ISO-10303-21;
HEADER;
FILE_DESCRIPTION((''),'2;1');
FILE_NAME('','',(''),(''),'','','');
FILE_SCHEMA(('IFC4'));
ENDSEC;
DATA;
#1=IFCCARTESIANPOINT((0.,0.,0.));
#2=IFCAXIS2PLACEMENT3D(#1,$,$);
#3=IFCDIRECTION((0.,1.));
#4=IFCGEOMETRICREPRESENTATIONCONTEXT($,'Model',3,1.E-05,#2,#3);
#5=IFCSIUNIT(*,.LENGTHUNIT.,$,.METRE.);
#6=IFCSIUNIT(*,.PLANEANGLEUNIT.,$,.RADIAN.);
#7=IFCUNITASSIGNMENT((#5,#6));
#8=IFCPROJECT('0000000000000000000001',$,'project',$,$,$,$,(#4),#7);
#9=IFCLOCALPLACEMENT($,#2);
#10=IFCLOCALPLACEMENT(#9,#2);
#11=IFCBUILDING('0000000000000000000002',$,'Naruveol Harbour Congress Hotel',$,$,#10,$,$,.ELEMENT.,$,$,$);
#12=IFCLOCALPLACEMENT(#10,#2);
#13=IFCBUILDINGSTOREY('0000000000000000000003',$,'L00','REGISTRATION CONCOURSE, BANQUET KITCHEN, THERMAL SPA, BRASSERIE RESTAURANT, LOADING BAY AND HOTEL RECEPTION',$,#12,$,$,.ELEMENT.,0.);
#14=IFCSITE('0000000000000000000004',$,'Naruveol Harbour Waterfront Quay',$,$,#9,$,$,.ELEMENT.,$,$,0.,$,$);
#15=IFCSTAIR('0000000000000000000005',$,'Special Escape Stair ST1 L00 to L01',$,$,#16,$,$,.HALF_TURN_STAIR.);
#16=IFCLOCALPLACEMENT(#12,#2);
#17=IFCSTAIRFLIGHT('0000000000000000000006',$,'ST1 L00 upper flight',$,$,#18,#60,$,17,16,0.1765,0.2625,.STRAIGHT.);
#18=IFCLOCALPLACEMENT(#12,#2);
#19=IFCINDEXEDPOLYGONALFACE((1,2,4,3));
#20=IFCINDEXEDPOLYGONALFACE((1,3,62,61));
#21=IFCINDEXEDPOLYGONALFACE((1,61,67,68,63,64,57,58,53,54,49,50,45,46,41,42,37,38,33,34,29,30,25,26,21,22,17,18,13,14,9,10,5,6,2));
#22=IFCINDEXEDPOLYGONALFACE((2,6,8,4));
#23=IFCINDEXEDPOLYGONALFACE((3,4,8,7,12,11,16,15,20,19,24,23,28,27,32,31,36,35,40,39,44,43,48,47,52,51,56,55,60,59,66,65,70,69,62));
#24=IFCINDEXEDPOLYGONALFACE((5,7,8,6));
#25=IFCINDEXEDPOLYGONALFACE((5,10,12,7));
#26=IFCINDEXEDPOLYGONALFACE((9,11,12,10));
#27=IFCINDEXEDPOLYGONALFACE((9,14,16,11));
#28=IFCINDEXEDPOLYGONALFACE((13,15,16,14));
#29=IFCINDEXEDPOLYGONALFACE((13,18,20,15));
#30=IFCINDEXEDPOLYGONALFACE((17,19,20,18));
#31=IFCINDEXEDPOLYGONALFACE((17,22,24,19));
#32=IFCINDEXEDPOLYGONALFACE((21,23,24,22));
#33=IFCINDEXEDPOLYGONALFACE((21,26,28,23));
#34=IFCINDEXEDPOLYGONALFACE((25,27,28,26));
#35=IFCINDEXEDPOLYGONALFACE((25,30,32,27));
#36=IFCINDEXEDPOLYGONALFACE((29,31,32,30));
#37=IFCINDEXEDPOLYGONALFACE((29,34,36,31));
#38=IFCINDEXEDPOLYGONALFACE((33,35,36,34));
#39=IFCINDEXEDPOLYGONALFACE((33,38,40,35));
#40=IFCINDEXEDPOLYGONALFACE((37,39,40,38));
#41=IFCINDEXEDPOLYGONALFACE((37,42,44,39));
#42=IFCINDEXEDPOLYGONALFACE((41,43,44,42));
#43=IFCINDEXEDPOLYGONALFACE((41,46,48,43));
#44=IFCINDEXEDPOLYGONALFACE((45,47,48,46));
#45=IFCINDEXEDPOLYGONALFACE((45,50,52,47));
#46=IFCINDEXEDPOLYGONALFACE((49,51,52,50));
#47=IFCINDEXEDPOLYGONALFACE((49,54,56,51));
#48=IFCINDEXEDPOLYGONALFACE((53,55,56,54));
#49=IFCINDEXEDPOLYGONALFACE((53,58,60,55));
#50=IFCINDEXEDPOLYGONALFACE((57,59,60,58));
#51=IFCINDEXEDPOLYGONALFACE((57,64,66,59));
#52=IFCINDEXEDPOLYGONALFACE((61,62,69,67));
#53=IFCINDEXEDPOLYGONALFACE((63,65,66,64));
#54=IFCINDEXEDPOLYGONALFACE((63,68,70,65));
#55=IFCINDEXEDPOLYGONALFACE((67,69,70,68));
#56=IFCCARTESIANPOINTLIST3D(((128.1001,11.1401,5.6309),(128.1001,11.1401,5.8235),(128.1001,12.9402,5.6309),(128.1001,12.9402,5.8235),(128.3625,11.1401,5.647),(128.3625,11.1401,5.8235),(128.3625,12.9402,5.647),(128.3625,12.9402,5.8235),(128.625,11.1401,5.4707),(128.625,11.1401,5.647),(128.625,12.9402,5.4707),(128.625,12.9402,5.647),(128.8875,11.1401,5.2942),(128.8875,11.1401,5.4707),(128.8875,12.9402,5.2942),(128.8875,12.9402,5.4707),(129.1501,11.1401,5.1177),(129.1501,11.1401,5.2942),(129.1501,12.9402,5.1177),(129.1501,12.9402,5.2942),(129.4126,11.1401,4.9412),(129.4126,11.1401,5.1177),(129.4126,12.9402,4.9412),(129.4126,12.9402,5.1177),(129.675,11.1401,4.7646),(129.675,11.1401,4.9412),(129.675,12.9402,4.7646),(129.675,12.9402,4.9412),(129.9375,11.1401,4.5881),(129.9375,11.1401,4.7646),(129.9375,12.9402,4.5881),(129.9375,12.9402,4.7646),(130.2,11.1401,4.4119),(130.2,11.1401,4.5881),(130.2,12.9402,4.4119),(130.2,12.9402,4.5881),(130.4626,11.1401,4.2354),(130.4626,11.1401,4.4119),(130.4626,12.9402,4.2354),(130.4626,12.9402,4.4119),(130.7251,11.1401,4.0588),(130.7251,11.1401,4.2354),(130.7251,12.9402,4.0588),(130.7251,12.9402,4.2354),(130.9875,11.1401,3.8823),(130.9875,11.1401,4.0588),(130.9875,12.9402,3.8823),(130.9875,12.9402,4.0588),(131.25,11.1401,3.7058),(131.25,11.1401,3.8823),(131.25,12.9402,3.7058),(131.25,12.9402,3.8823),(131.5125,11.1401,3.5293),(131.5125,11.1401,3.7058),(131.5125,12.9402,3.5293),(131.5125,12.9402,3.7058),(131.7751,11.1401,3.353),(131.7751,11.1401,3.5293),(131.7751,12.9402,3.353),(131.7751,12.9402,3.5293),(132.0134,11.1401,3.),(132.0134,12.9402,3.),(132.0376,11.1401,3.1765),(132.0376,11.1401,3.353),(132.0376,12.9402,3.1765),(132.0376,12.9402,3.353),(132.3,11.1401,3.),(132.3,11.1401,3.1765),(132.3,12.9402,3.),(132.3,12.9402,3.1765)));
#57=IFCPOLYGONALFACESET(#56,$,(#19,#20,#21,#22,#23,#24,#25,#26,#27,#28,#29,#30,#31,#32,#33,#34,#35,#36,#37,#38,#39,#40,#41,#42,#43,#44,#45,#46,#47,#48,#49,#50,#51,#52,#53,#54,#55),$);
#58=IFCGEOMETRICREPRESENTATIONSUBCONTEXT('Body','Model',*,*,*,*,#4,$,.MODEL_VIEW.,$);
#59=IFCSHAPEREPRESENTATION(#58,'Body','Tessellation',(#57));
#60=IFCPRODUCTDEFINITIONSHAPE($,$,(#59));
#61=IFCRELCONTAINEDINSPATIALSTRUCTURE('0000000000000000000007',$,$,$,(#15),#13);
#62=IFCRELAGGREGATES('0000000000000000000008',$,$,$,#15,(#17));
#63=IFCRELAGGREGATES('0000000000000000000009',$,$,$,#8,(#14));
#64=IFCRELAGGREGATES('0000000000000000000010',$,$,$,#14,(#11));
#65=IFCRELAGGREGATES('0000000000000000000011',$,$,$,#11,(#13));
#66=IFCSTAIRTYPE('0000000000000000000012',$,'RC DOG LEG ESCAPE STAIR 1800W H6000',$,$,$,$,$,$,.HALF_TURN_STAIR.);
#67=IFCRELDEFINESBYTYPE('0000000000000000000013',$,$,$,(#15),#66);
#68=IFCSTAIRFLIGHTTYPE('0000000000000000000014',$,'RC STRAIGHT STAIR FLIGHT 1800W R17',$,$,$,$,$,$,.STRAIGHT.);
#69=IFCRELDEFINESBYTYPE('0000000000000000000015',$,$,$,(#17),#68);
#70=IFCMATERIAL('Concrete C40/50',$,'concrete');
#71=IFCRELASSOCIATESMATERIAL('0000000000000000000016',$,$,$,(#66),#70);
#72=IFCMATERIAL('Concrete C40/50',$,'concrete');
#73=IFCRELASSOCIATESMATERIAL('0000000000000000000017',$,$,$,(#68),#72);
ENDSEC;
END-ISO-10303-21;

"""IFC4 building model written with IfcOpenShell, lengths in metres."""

from ifc_helpers import new_model, si_unit, direction, frame, origin, place, context, subcontext, project, spatial, polyline, outline, extrude, material, type_object, element, aggregate, save


model = new_model("IFC4")

# Units and contexts
model_context = context("Model", 3, precision=1e-05, world=origin(), true_north=direction((0.0, 1.0)))
body_context = subcontext(model_context, "Body", "Model", "MODEL_VIEW")
ifc_project = project(units=[si_unit("LENGTHUNIT", "METRE"), si_unit("PLANEANGLEUNIT", "RADIAN")], contexts=[model_context])

# Site, building, storey
site_placement = place(None, origin())
site = spatial("IfcSite", under=ifc_project, at=site_placement, Name="Naruveol Harbour Waterfront Quay", CompositionType="ELEMENT", RefElevation=0.0)
building_placement = place(site_placement, origin())
building = spatial("IfcBuilding", under=site, at=building_placement, Name="Naruveol Harbour Congress Hotel", CompositionType="ELEMENT")
storey_placement = place(building_placement, origin())
storey = spatial("IfcBuildingStorey", under=building, at=storey_placement, Name="L00", Description="REGISTRATION CONCOURSE, BANQUET KITCHEN, THERMAL SPA, BRASSERIE RESTAURANT, LOADING BAY AND HOTEL RECEPTION", CompositionType="ELEMENT", Elevation=0.0)

# Stair, stair flight
ifc_material_1 = material(Name="Concrete C40/50", Category="concrete")
stair_type = type_object("IfcStairType", Name="RC DOG LEG ESCAPE STAIR 1800W H6000", PredefinedType="HALF_TURN_STAIR", material=ifc_material_1)
stair_placement = place(storey_placement, origin())
stair = element("IfcStair", 1, at=stair_placement, inside=storey, type_object=stair_type, Name="Special Escape Stair ST1 L00 to L01", PredefinedType="HALF_TURN_STAIR")
ifc_material_2 = material(Name="Concrete C40/50", Category="concrete")
stair_flight_type = type_object("IfcStairFlightType", Name="RC STRAIGHT STAIR FLIGHT 1800W R17", PredefinedType="STRAIGHT", material=ifc_material_2)
stair_flight_1_placement = place(storey_placement, frame((132.3, 12.04, 3.0), z_axis=(0.0, 0.0, 1.0), x_axis=(-1.0, 0.0, 0.0)))
stair_flight_1 = element("IfcStairFlight", 2, at=stair_flight_1_placement, type_object=stair_flight_type, Name="ST1 L00 upper flight", NumberOfRisers=17, NumberOfTreads=16, PredefinedType="STRAIGHT", RiserHeight=0.1765, TreadLength=0.2625, context=body_context, shape_type="SweptSolid", body=[
    extrude(outline(polyline([(0.0, 0.0), (0.0, 0.1765), (0.2625, 0.1765), (0.2625, 0.353), (0.5249, 0.353), (0.5249, 0.5293), (0.7876, 0.5293), (0.7876, 0.7058), (1.05, 0.7058), (1.05, 0.8823), (1.3125, 0.8823), (1.3125, 1.0588), (1.575, 1.0588), (1.575, 1.2354), (1.8374, 1.2354), (1.8374, 1.4119), (2.1001, 1.4119), (2.1001, 1.5881), (2.3625, 1.5881), (2.3625, 1.7646), (2.625, 1.7646), (2.625, 1.9412), (2.8875, 1.9412), (2.8875, 2.1177), (3.1499, 2.1177), (3.1499, 2.2942), (3.4126, 2.2942), (3.4126, 2.4707), (3.675, 2.4707), (3.675, 2.647), (3.9375, 2.647), (3.9375, 2.8235), (4.2, 2.8235), (4.2, 3.0), (4.2, 2.6309), (0.2866, 0.0), (0.0, 0.0)])), frame((0.0, 0.8999, 0.0), z_axis=(0.0, -1.0, 0.0), x_axis=(1.0, 0.0, 0.0)), (0.0, 0.0, 1.0), 1.8),
])
aggregate(stair, [stair_flight_1])

save(model, "model.ifc")
